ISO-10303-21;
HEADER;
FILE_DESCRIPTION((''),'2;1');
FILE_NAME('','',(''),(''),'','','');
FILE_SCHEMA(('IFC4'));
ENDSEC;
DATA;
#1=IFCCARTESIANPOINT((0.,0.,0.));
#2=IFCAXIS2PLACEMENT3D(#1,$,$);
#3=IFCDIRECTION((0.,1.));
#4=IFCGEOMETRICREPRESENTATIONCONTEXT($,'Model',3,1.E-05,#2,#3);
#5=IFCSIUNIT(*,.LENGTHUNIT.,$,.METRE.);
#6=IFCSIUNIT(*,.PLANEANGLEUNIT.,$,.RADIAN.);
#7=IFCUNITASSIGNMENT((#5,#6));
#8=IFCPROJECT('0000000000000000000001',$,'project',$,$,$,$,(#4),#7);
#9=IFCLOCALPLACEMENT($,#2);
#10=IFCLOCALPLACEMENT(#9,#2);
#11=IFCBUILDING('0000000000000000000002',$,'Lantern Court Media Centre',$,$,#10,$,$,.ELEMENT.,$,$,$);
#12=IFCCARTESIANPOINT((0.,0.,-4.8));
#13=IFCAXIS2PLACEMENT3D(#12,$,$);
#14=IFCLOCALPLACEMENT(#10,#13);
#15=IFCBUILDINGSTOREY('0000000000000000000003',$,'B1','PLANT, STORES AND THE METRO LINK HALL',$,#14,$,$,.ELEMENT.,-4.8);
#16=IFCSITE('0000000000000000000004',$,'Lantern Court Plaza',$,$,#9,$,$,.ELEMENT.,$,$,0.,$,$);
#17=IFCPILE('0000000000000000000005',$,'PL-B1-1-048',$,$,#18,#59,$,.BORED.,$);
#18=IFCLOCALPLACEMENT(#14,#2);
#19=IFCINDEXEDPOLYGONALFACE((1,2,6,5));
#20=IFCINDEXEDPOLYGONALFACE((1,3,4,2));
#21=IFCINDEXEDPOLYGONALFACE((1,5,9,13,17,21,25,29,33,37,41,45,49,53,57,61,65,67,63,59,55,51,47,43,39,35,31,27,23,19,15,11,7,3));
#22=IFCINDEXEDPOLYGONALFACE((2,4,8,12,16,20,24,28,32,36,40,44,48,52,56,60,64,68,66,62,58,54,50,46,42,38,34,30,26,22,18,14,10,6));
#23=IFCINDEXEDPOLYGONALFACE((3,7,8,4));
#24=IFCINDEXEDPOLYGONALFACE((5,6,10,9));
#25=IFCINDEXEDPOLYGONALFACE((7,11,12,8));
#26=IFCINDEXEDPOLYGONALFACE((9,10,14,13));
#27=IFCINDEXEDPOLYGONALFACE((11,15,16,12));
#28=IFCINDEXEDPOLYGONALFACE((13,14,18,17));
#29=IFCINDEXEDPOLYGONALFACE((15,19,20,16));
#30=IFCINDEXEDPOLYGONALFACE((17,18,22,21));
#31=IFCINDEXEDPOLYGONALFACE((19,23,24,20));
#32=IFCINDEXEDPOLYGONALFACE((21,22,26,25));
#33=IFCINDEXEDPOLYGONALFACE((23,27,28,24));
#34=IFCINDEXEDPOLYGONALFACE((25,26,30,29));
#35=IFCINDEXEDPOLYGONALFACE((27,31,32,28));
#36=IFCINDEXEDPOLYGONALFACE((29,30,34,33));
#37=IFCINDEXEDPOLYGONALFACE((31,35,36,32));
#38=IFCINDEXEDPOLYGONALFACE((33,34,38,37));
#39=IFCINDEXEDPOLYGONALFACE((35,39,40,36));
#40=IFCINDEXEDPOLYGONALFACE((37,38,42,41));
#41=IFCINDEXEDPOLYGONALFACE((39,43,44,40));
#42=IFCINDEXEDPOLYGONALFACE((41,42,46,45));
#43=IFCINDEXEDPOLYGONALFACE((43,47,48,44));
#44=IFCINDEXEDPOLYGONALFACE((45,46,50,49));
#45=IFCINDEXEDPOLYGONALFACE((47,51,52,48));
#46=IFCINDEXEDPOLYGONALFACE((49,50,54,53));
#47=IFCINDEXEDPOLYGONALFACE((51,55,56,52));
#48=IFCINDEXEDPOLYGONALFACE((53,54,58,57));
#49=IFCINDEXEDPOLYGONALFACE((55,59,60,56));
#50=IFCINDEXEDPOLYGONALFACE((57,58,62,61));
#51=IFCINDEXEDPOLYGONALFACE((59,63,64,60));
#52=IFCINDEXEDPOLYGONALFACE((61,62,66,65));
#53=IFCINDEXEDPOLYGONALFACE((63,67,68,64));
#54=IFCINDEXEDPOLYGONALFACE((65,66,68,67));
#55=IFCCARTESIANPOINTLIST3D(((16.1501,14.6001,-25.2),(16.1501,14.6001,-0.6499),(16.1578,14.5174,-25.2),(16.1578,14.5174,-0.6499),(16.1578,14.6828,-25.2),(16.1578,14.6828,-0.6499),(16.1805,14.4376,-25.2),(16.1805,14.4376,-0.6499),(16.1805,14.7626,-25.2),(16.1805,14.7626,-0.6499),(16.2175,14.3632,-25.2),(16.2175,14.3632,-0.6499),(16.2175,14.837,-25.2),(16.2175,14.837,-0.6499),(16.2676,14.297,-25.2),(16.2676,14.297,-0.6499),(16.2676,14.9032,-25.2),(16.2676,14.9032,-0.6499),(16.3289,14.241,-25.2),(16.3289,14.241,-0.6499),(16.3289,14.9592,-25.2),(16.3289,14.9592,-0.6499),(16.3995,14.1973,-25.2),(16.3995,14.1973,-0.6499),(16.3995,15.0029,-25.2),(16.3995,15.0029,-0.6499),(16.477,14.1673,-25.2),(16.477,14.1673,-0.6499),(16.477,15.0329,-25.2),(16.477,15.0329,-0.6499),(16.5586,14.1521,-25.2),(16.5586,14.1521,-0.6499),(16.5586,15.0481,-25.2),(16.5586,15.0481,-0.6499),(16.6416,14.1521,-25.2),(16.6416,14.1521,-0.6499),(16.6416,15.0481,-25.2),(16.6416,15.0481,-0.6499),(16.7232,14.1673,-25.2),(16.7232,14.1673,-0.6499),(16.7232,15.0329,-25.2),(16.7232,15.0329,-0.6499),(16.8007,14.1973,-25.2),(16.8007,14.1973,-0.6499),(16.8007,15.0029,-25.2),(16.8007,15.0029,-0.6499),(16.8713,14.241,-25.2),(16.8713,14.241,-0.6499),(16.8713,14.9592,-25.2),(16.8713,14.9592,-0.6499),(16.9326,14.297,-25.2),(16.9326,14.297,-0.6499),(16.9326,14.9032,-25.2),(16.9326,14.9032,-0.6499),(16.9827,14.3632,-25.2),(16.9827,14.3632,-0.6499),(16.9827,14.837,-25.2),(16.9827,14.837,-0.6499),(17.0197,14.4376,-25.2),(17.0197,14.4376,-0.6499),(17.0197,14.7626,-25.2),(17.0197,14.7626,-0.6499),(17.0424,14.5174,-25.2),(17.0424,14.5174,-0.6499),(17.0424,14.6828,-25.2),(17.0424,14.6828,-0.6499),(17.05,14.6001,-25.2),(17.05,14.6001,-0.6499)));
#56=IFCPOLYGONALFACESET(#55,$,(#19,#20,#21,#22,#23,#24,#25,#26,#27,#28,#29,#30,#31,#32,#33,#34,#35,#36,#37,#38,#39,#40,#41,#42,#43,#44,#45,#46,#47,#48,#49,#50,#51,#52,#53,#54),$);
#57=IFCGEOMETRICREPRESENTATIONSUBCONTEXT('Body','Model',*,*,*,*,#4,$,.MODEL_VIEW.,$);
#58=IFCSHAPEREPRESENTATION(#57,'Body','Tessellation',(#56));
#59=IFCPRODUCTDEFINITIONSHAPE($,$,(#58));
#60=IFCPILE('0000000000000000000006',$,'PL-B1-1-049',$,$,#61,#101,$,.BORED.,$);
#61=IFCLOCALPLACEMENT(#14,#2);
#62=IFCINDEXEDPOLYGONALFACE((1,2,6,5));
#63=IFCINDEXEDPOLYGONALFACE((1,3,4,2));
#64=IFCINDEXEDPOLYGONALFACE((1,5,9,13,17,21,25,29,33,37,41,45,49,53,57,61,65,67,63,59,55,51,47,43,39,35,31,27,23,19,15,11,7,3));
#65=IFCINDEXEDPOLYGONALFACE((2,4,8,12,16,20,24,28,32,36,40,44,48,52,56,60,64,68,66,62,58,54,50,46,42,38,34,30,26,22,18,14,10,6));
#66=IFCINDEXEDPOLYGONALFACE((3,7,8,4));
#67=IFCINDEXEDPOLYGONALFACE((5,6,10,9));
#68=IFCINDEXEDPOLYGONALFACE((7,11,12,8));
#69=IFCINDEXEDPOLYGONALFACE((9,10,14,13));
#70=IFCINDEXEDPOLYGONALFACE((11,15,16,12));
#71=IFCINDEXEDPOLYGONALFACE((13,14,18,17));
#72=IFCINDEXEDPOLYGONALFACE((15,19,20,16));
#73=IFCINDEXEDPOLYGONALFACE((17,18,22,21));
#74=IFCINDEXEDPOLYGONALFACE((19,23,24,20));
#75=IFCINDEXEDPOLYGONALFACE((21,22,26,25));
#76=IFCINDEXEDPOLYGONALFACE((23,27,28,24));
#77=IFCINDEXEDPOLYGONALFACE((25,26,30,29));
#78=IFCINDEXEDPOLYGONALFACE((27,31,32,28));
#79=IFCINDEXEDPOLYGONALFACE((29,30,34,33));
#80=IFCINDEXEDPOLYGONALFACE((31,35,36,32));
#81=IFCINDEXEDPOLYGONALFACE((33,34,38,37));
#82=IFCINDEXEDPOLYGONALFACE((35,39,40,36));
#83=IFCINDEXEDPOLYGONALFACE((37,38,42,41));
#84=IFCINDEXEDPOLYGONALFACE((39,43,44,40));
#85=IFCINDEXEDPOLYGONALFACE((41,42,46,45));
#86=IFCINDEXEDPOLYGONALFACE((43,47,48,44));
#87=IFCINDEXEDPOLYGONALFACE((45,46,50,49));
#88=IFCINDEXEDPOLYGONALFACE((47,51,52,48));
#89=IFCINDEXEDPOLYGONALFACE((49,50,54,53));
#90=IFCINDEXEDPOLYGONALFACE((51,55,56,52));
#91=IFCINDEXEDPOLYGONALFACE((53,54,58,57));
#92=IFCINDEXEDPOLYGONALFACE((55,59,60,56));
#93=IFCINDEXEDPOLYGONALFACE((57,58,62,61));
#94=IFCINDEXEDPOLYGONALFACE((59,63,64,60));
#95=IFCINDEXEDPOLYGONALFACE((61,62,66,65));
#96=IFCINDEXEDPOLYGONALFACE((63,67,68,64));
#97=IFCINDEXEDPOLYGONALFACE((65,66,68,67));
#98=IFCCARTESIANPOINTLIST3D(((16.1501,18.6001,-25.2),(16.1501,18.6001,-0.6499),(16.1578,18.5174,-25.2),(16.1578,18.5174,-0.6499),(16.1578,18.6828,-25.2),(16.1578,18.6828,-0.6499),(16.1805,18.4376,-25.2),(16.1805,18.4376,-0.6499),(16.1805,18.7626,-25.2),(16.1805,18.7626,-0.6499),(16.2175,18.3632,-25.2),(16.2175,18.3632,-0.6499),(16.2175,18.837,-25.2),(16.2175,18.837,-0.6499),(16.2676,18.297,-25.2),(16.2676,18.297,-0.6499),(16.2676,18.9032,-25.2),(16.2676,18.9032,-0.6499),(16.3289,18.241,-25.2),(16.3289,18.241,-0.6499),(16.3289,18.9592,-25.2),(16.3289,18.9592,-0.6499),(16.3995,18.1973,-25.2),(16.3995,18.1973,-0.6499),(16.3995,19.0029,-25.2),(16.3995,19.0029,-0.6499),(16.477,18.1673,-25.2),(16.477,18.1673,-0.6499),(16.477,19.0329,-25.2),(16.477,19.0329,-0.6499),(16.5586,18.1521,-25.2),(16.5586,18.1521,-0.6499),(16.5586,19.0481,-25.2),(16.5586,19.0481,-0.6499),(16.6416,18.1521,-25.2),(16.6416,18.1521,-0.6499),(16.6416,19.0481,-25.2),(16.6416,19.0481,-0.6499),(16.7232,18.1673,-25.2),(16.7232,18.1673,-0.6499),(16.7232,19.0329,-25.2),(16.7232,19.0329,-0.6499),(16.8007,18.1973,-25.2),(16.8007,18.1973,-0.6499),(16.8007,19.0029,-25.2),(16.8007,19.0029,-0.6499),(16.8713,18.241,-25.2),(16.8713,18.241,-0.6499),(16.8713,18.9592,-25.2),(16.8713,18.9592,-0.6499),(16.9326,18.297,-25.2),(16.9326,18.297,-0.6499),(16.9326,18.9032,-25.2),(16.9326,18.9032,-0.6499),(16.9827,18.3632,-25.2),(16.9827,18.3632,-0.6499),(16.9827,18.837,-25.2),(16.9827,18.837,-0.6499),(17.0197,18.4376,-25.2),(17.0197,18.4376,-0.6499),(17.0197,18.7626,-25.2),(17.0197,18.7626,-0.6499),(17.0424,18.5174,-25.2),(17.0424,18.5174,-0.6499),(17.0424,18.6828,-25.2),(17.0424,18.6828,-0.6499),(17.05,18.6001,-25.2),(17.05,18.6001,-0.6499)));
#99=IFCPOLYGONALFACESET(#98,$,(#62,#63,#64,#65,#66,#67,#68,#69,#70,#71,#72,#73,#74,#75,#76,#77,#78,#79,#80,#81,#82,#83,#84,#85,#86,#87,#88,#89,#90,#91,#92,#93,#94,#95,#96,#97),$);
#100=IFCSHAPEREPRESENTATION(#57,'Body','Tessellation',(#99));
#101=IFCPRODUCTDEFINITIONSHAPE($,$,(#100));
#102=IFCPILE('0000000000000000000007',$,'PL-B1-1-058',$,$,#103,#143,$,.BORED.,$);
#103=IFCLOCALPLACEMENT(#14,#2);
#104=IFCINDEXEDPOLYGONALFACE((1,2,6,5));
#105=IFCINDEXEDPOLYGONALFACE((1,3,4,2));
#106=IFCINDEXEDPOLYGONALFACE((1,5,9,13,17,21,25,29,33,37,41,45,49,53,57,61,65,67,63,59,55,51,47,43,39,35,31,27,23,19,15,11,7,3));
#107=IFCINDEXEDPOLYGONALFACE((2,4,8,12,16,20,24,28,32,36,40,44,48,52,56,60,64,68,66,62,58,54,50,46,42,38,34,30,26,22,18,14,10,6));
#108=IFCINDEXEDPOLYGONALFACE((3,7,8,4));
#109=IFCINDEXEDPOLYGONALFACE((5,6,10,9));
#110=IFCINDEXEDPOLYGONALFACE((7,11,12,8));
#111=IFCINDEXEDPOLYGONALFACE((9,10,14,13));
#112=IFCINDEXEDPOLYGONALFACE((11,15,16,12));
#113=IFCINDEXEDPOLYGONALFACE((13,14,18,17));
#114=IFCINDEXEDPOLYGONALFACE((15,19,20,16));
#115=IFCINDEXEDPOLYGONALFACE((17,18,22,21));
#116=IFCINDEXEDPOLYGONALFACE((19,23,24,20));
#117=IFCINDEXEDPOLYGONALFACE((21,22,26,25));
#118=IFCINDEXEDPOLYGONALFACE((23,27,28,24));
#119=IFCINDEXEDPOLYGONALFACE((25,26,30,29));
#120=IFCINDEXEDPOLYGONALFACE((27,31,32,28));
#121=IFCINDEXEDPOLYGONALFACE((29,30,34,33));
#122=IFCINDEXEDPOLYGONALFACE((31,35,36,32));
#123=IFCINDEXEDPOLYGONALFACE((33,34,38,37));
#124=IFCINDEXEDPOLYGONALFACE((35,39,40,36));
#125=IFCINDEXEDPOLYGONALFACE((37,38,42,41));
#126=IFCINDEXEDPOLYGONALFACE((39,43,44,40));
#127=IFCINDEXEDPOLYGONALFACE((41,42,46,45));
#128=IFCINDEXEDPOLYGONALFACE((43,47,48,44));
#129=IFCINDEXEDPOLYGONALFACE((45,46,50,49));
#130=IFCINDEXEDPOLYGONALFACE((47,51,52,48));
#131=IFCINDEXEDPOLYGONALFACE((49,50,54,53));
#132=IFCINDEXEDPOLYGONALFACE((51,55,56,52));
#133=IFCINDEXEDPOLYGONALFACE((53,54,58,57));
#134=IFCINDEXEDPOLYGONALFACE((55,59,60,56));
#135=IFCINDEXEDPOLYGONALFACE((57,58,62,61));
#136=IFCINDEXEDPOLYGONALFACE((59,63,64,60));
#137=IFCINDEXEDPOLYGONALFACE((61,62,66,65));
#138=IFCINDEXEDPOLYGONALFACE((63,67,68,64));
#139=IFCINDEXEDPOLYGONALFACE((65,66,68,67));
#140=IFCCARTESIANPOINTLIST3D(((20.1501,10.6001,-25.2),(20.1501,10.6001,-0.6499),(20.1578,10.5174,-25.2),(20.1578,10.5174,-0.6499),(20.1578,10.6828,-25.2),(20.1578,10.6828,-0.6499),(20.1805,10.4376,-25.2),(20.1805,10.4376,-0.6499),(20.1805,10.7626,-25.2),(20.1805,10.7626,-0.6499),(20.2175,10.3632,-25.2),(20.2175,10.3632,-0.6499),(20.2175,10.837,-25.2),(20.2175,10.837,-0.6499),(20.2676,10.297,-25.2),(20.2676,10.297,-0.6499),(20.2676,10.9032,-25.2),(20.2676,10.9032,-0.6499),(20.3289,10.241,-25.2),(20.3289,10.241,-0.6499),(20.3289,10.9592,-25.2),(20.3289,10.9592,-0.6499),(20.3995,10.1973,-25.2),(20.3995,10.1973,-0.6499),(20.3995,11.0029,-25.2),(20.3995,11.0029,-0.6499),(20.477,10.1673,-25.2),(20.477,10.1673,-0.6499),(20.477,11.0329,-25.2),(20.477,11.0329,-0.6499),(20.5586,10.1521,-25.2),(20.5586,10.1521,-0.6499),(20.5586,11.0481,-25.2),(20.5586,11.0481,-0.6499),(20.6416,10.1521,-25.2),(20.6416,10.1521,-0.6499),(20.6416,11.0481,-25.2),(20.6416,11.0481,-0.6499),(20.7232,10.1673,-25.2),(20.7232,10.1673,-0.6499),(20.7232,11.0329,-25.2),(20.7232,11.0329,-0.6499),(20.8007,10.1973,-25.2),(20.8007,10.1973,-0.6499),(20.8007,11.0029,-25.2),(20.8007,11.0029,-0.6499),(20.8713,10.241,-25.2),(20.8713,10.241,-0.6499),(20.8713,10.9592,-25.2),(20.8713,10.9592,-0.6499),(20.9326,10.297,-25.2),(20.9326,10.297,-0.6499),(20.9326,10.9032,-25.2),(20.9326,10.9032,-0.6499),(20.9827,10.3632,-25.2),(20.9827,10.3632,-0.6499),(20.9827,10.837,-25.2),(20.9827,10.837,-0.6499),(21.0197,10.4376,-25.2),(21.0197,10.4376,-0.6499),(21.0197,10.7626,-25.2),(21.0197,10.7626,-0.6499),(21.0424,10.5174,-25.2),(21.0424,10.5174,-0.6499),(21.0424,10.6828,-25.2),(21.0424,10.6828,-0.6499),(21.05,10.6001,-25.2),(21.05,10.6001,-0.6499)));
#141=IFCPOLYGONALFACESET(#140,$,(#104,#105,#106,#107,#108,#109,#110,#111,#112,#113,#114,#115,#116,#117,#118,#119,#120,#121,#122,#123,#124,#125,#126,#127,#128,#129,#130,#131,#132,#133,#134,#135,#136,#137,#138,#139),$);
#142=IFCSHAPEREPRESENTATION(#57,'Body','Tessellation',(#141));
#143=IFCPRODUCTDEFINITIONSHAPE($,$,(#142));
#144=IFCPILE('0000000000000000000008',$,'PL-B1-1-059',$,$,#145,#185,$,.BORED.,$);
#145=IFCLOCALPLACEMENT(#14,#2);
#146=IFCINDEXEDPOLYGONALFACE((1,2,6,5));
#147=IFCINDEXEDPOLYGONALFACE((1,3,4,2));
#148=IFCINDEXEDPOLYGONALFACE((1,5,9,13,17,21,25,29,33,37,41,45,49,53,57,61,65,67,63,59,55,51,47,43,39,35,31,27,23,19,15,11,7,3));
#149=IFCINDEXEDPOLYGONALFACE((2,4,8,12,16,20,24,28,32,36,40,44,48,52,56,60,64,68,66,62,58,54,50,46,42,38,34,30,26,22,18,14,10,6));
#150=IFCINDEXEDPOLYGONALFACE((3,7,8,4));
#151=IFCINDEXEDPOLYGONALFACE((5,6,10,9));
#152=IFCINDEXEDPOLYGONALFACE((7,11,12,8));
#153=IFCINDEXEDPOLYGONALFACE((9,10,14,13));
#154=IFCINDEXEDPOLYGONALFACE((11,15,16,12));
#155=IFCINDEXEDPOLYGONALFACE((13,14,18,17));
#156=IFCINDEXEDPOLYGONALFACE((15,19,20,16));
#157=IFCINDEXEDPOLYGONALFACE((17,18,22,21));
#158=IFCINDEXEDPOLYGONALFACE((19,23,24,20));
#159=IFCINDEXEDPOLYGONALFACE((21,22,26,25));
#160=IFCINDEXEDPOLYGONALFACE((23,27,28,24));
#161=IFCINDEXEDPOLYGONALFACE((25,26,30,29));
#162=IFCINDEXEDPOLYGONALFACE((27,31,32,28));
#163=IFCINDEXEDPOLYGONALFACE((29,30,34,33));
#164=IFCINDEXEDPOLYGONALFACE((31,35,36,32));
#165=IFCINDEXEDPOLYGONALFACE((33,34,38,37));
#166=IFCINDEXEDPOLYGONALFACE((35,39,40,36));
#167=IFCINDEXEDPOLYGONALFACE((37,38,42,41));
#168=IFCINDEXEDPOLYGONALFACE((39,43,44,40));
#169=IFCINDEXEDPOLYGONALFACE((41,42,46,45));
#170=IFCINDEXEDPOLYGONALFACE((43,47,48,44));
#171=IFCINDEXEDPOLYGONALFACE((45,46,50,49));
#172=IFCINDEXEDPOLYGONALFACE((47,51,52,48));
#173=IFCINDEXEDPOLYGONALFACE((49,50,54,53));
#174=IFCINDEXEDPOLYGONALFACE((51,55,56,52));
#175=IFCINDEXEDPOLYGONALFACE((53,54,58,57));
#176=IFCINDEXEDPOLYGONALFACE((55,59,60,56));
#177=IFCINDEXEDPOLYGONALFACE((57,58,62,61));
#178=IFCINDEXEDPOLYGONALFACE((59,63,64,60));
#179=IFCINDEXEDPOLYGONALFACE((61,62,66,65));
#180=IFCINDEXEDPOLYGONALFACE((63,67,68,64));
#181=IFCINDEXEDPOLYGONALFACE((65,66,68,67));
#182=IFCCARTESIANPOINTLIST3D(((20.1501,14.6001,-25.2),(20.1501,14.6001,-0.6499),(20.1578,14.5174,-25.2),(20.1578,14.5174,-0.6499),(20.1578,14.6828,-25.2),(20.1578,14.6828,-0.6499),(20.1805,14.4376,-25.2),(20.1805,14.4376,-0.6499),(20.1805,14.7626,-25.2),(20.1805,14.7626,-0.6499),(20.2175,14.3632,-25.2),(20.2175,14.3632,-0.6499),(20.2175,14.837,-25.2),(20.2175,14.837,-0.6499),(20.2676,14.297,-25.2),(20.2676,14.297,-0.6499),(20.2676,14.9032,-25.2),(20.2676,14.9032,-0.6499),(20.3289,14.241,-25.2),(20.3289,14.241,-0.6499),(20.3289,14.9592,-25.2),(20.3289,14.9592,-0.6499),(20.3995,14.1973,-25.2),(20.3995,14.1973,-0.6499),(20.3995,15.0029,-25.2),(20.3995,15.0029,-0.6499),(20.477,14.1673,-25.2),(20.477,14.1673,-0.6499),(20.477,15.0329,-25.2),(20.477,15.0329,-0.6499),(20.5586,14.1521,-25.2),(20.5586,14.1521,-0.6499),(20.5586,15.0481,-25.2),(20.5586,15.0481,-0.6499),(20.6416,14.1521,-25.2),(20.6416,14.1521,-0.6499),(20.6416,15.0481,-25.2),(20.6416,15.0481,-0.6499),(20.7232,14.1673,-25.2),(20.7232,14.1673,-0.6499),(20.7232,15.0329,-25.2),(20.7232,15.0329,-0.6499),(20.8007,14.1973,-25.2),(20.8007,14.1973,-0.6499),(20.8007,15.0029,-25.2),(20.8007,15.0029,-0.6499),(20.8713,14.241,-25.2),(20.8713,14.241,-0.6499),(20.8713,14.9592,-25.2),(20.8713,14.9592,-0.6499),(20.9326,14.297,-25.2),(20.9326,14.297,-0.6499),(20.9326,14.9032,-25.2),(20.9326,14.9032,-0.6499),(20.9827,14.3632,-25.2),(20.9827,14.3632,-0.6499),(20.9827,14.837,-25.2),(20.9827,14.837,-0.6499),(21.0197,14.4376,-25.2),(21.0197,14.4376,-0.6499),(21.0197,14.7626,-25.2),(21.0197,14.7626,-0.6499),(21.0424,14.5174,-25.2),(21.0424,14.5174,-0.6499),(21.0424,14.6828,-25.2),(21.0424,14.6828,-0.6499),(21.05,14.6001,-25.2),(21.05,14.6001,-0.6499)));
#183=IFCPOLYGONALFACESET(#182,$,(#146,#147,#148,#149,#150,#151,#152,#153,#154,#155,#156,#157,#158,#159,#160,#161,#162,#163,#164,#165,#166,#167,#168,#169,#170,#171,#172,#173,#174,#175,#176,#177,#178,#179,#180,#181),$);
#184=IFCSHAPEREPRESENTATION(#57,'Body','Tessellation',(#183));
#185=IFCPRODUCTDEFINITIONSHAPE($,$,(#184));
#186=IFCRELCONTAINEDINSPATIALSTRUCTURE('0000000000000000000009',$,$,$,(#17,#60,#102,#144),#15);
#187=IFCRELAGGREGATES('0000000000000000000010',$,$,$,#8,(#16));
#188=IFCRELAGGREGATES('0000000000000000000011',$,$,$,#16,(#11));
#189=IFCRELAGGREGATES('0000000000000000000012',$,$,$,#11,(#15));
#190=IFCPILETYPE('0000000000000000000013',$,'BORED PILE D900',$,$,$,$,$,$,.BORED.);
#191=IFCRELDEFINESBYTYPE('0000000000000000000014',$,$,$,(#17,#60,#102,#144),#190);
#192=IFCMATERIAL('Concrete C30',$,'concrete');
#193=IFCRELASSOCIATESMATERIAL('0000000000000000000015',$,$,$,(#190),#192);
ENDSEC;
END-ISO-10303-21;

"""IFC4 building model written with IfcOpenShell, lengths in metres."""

from ifc_helpers import new_model, si_unit, direction, frame, origin, origin_2d, place, context, subcontext, project, spatial, circle, extrude, material, material_profile, profile_set, type_object, element, save


model = new_model("IFC4")

# Units and contexts
model_context = context("Model", 3, precision=1e-05, world=origin(), true_north=direction((0.0, 1.0)))
body_context = subcontext(model_context, "Body", "Model", "MODEL_VIEW")
ifc_project = project(units=[si_unit("LENGTHUNIT", "METRE"), si_unit("PLANEANGLEUNIT", "RADIAN")], contexts=[model_context])

# Site, building, storey
site_placement = place(None, origin())
site = spatial("IfcSite", under=ifc_project, at=site_placement, Name="Lantern Court Plaza", CompositionType="ELEMENT", RefElevation=0.0)
building_placement = place(site_placement, origin())
building = spatial("IfcBuilding", under=site, at=building_placement, Name="Lantern Court Media Centre", CompositionType="ELEMENT")
storey_placement = place(building_placement, frame((0.0, 0.0, -4.8)))
storey = spatial("IfcBuildingStorey", under=building, at=storey_placement, Name="B1", Description="PLANT, STORES AND THE METRO LINK HALL", CompositionType="ELEMENT", Elevation=-4.8)

# Piles
ifc_material_1 = material(Name="Concrete C30", Category="concrete")
ifc_material_profile_1 = material_profile(ifc_material_1, circle(Radius=0.45, at=origin_2d()), Name="D900")
ifc_profile_set_1 = profile_set([ifc_material_profile_1], Name="Concrete C30")
pile_type = type_object("IfcPileType", Name="BORED PILE D900", PredefinedType="BORED", material=ifc_profile_set_1)
for number, where, z_axis, x_axis, name in (
    (1, (16.6001, 14.6001, -0.6499), (0.0, 0.0, -1.0), (1.0, 0.0, 0.0), "PL-B1-1-048"),
    (2, (16.6001, 18.6001, -0.6499), (0.0, 0.0, -1.0), (1.0, 0.0, 0.0), "PL-B1-1-049"),
    (3, (20.6001, 10.6001, -0.6499), (0.0, 0.0, -1.0), (1.0, 0.0, 0.0), "PL-B1-1-058"),
    (4, (20.6001, 14.6001, -0.6499), (0.0, 0.0, -1.0), (1.0, 0.0, 0.0), "PL-B1-1-059"),
):
    element("IfcPile", number, at=place(storey_placement, frame(where, z_axis=z_axis, x_axis=x_axis)), inside=storey, type_object=pile_type, Name=name, PredefinedType="BORED", context=body_context, shape_type="SweptSolid", body=[
        extrude(circle(Radius=0.45, at=origin_2d()), origin(), (0.0, 0.0, 1.0), 24.55),
    ])

save(model, "model.ifc")
